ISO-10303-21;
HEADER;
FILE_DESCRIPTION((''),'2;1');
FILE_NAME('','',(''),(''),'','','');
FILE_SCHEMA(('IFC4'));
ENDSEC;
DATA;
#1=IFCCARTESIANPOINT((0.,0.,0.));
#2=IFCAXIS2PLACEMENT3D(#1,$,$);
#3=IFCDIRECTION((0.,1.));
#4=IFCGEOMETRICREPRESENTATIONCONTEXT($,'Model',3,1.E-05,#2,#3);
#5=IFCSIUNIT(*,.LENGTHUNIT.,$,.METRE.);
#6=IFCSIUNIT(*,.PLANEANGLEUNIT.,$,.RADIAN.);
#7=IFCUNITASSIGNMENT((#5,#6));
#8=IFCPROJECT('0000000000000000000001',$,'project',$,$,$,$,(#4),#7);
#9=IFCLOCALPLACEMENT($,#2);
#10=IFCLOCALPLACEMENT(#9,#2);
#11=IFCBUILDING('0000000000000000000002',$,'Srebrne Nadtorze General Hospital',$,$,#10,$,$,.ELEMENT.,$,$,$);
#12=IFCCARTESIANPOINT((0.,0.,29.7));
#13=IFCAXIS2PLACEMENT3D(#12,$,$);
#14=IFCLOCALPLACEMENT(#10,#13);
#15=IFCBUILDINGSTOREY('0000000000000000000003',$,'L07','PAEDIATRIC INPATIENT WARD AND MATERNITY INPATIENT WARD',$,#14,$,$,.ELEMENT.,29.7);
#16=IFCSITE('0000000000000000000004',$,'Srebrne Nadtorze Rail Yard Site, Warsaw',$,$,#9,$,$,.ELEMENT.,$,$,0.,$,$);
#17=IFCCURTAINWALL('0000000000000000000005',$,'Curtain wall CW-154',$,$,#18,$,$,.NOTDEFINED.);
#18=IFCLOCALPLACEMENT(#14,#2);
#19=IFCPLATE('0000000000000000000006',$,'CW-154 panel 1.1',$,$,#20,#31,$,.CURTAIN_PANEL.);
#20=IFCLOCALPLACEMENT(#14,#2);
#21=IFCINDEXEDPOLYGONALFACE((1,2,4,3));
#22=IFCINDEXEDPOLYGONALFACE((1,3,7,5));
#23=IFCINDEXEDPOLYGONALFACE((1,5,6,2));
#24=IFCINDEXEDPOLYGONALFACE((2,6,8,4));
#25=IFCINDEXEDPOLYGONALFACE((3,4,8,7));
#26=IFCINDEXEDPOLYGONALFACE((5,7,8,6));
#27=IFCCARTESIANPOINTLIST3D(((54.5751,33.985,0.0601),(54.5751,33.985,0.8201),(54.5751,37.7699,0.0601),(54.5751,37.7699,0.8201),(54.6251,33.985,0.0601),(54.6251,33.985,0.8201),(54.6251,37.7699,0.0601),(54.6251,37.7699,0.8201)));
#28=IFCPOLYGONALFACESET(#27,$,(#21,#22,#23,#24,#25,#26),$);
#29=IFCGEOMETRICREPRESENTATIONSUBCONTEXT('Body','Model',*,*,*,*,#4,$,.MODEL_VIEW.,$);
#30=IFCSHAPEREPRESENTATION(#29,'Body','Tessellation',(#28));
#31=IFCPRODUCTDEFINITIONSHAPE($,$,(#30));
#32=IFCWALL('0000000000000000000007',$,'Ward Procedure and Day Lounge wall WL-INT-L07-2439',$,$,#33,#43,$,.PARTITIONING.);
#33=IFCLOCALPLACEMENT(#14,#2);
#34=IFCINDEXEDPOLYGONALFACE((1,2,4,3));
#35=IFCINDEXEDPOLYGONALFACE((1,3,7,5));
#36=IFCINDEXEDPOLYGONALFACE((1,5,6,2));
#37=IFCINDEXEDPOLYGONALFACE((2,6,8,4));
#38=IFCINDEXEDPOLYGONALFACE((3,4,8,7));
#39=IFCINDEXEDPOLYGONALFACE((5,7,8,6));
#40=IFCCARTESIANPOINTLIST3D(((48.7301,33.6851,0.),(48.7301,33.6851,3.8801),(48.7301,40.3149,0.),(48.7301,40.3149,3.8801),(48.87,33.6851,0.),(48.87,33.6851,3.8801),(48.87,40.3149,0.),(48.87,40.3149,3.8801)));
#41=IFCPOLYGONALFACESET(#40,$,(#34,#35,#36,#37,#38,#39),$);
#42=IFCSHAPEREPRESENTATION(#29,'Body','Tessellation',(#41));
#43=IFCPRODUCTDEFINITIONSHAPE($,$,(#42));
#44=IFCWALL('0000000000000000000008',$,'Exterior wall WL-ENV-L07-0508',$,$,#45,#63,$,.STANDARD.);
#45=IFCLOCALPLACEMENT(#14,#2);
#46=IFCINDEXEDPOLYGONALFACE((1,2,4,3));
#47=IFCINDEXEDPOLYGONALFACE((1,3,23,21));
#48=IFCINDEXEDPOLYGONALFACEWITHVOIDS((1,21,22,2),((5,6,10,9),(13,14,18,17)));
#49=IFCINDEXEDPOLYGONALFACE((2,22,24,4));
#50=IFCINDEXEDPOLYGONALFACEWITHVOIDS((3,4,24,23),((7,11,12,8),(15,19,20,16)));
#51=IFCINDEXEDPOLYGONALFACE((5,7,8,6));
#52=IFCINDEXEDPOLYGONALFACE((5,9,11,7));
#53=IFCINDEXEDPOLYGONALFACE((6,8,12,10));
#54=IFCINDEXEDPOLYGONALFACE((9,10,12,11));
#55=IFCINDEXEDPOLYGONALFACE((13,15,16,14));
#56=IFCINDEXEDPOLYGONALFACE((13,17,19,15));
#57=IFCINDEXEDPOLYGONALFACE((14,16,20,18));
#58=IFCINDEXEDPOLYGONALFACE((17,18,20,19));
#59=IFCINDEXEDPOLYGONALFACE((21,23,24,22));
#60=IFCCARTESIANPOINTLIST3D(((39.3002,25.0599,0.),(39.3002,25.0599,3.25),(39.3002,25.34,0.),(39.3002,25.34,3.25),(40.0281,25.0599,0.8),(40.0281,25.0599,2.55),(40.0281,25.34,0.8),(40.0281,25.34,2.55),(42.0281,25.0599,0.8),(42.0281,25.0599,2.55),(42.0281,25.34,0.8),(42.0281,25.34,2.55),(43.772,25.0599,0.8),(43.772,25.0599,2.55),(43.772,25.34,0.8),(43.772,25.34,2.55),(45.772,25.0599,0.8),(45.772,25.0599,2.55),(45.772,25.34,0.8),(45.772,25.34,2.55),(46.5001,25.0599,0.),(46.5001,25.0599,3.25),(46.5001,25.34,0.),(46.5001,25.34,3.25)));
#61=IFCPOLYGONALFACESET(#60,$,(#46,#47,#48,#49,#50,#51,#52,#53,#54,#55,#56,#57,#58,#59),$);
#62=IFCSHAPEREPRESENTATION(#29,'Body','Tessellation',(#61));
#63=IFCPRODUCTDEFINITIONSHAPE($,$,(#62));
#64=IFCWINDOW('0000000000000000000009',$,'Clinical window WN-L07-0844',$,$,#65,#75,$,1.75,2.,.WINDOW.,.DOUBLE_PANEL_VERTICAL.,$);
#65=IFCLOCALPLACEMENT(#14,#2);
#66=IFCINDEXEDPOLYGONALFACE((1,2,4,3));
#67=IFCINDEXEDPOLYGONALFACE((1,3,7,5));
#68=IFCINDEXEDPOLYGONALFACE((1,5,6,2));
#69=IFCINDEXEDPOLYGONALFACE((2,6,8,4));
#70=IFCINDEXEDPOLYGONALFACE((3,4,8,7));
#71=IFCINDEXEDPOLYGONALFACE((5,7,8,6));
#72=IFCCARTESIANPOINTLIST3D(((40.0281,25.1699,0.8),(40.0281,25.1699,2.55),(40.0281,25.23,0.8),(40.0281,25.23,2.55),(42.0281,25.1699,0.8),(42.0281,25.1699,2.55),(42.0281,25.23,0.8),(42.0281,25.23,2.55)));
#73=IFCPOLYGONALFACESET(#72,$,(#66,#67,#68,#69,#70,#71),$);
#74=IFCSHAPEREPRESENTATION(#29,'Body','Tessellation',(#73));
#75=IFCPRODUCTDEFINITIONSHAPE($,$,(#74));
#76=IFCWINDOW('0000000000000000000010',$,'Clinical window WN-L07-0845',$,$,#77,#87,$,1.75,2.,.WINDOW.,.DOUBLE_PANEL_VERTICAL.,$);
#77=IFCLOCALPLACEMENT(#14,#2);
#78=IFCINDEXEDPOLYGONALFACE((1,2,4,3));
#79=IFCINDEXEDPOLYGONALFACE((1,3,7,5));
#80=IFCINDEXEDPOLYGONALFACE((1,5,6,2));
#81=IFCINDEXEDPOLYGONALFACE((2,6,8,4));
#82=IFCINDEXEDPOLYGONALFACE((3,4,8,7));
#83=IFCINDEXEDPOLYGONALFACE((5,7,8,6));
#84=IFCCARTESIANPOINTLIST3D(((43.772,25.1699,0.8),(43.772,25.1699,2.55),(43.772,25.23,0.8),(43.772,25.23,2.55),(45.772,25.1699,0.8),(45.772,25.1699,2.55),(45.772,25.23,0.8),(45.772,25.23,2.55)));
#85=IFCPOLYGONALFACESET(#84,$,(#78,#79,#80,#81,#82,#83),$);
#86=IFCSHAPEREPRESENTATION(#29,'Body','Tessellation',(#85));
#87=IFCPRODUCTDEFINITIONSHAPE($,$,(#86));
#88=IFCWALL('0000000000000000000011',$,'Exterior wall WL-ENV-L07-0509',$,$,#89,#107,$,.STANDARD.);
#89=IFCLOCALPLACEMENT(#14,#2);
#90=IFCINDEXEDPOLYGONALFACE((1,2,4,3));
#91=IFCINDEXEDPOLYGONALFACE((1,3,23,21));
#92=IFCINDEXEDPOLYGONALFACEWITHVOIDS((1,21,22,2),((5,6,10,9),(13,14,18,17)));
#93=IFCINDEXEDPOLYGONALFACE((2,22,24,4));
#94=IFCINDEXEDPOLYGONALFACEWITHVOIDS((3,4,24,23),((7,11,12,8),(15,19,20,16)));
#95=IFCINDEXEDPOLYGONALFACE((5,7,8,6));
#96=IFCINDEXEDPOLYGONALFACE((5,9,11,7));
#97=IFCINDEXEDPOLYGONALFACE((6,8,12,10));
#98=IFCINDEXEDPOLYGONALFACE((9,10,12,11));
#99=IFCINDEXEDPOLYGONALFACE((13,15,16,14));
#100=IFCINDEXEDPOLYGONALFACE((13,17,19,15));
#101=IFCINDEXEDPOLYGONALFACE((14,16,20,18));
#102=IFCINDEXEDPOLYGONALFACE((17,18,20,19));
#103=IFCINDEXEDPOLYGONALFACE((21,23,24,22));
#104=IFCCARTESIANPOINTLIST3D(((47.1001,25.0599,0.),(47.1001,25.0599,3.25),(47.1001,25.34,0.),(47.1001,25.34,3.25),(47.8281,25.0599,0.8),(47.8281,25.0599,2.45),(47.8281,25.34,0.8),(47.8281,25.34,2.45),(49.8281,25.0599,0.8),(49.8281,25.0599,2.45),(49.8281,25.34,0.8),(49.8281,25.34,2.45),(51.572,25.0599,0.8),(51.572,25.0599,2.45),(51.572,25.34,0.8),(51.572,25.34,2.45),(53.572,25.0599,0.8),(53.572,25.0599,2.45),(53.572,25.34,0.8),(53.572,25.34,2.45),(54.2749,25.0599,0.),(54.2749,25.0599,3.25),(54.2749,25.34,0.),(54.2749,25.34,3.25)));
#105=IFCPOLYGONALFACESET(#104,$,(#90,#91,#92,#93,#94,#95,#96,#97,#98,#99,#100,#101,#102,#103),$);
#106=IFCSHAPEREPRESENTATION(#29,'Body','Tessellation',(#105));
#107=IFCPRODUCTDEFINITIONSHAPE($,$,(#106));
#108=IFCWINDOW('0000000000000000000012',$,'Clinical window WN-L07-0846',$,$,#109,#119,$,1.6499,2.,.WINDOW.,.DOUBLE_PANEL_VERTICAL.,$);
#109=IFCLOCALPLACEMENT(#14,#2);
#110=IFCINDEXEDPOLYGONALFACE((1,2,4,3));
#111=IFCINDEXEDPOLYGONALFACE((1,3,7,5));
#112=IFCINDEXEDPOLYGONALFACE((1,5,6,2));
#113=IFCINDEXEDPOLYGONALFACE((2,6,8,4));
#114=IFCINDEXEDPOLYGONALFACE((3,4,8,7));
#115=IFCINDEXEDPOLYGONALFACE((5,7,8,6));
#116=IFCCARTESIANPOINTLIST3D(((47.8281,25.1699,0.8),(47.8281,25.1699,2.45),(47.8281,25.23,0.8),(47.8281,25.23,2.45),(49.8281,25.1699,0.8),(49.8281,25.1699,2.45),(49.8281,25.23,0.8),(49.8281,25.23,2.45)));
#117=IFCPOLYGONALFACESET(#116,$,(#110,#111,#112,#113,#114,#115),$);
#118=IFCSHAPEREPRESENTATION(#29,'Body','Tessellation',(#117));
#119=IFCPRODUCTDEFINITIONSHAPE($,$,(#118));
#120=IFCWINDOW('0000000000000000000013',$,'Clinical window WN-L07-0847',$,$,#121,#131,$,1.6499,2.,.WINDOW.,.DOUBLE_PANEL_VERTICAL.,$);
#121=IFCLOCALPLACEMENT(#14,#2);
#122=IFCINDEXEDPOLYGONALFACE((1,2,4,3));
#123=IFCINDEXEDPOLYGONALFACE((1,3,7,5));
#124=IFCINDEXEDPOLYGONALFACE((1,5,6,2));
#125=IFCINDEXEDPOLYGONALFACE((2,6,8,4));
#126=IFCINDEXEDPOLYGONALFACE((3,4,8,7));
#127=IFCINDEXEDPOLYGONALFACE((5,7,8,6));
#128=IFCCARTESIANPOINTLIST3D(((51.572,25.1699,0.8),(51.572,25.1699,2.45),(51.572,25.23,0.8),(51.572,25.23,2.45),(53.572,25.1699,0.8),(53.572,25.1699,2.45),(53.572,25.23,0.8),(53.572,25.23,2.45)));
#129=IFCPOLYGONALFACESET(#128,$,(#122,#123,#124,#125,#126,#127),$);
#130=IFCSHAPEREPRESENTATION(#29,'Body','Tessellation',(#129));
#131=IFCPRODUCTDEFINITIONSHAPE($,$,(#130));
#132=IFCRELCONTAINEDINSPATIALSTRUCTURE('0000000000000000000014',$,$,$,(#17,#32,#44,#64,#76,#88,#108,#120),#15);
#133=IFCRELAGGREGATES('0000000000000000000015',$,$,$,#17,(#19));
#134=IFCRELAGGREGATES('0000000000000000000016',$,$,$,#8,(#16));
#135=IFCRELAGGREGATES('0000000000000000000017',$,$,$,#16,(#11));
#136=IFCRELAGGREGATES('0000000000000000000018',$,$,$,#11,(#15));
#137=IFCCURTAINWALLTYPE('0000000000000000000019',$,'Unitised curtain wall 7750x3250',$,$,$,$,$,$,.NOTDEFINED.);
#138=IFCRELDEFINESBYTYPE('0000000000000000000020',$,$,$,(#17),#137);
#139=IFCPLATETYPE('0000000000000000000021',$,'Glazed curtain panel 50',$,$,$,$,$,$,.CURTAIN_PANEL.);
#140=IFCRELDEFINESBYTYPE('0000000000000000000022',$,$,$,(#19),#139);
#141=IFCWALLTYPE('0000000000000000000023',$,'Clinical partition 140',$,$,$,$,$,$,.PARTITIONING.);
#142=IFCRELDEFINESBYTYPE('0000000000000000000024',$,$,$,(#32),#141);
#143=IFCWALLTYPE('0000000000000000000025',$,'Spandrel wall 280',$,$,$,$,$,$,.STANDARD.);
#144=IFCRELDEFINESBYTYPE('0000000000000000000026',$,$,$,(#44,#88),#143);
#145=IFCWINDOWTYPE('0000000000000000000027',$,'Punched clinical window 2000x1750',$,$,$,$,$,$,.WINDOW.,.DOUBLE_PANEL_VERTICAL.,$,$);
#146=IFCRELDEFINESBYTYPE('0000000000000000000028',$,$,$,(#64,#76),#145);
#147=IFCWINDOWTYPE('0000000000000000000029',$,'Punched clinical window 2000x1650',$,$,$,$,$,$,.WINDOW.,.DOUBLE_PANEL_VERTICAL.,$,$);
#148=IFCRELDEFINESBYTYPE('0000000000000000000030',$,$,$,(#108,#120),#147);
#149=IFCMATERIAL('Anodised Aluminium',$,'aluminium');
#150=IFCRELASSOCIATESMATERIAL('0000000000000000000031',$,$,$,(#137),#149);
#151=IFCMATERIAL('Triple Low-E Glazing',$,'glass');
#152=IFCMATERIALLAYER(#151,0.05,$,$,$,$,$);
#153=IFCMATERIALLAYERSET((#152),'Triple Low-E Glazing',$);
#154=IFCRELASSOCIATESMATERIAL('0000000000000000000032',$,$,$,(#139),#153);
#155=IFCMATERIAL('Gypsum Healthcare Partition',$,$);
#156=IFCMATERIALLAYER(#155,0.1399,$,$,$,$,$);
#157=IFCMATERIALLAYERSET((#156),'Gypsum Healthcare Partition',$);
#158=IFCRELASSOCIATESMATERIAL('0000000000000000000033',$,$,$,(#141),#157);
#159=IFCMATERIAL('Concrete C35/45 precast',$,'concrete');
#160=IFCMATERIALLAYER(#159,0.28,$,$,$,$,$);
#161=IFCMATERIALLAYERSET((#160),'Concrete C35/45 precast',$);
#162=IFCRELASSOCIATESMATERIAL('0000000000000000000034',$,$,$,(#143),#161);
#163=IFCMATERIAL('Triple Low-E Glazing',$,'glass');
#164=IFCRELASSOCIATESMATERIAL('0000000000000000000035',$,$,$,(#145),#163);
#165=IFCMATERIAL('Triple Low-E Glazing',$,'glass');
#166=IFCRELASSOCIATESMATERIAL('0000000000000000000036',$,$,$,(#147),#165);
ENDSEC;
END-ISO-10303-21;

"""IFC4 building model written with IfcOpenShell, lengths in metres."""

from ifc_helpers import new_model, si_unit, direction, frame, frame_2d, origin, origin_2d, place, context, subcontext, project, spatial, rectangle, extrude, material, layer, layer_set, type_object, element, fill, aggregate, save


model = new_model("IFC4")

# Units and contexts
model_context = context("Model", 3, precision=1e-05, world=origin(), true_north=direction((0.0, 1.0)))
body_context = subcontext(model_context, "Body", "Model", "MODEL_VIEW")
ifc_project = project(units=[si_unit("LENGTHUNIT", "METRE"), si_unit("PLANEANGLEUNIT", "RADIAN")], contexts=[model_context])

# Site, building, storey
site_placement = place(None, origin())
site = spatial("IfcSite", under=ifc_project, at=site_placement, Name="Srebrne Nadtorze Rail Yard Site, Warsaw", CompositionType="ELEMENT", RefElevation=0.0)
building_placement = place(site_placement, origin())
building = spatial("IfcBuilding", under=site, at=building_placement, Name="Srebrne Nadtorze General Hospital", CompositionType="ELEMENT")
storey_placement = place(building_placement, frame((0.0, 0.0, 29.7)))
storey = spatial("IfcBuildingStorey", under=building, at=storey_placement, Name="L07", Description="PAEDIATRIC INPATIENT WARD AND MATERNITY INPATIENT WARD", CompositionType="ELEMENT", Elevation=29.7)

# Curtain wall
ifc_material_1 = material(Name="Anodised Aluminium", Category="aluminium")
curtain_wall_type = type_object("IfcCurtainWallType", Name="Unitised curtain wall 7750x3250", PredefinedType="NOTDEFINED", material=ifc_material_1)
curtain_wall_placement = place(storey_placement, origin())
curtain_wall = element("IfcCurtainWall", 1, at=curtain_wall_placement, inside=storey, type_object=curtain_wall_type, Name="Curtain wall CW-154", PredefinedType="NOTDEFINED")

# Plate
ifc_material_2 = material(Name="Triple Low-E Glazing", Category="glass")
ifc_layer_1 = layer(ifc_material_2, 0.05)
ifc_layer_set_1 = layer_set([ifc_layer_1], Name="Triple Low-E Glazing")
plate_type = type_object("IfcPlateType", Name="Glazed curtain panel 50", PredefinedType="CURTAIN_PANEL", material=ifc_layer_set_1)
plate_placement = place(storey_placement, frame((54.6001, 35.8774, 0.0601), z_axis=(0.0, 0.0, 1.0), x_axis=(0.0, 1.0, 0.0)))
plate = element("IfcPlate", 2, at=plate_placement, type_object=plate_type, Name="CW-154 panel 1.1", PredefinedType="CURTAIN_PANEL", context=body_context, shape_type="SweptSolid", body=[
    extrude(rectangle(XDim=3.7849, YDim=0.05, at=origin_2d()), origin(), (0.0, 0.0, 1.0), 0.76),
])
aggregate(curtain_wall, [plate])

# Wall
ifc_material_3 = material(Name="Gypsum Healthcare Partition")
ifc_layer_2 = layer(ifc_material_3, 0.1399)
ifc_layer_set_2 = layer_set([ifc_layer_2], Name="Gypsum Healthcare Partition")
wall_type_1 = type_object("IfcWallType", Name="Clinical partition 140", PredefinedType="PARTITIONING", material=ifc_layer_set_2)
wall_1_placement = place(storey_placement, frame((48.8, 33.6851, 0.0), z_axis=(0.0, 0.0, 1.0), x_axis=(0.0, 1.0, 0.0)))
element("IfcWall", 3, at=wall_1_placement, inside=storey, type_object=wall_type_1, Name="Ward Procedure and Day Lounge wall WL-INT-L07-2439", PredefinedType="PARTITIONING", context=body_context, shape_type="SweptSolid", body=[
    extrude(rectangle(XDim=6.6299, YDim=0.1399, at=frame_2d((3.3149, 0.0))), origin(), (0.0, 0.0, 1.0), 3.8801),
])

# Walls, openings, windows
ifc_material_4 = material(Name="Concrete C35/45 precast", Category="concrete")
ifc_layer_3 = layer(ifc_material_4, 0.28)
ifc_layer_set_3 = layer_set([ifc_layer_3], Name="Concrete C35/45 precast")
wall_type_2 = type_object("IfcWallType", Name="Spandrel wall 280", PredefinedType="STANDARD", material=ifc_layer_set_3)
wall_2_placement = place(storey_placement, frame((39.3, 25.2, 0.0), z_axis=(0.0, 0.0, 1.0), x_axis=(1.0, 0.0, 0.0)))
wall_2 = element("IfcWall", 4, at=wall_2_placement, inside=storey, type_object=wall_type_2, Name="Exterior wall WL-ENV-L07-0508", PredefinedType="STANDARD", context=body_context, shape_type="SweptSolid", body=[
    extrude(rectangle(XDim=7.2, YDim=0.28, at=frame_2d((3.6001, 0.0))), origin(), (0.0, 0.0, 1.0), 3.25),
])
opening_1_placement = place(wall_2_placement, frame((0.728, 0.0, 0.8)))
opening_1 = element("IfcOpeningElement", 5, at=opening_1_placement, cuts=wall_2, PredefinedType="OPENING", context=body_context, shape_type="SweptSolid", body=[
    extrude(rectangle(XDim=2.0, YDim=1.75, at=frame_2d((1.0, 0.875))), frame((0.0, 0.1519, 0.0), z_axis=(0.0, -1.0, 0.0), x_axis=(1.0, 0.0, 0.0)), (0.0, 0.0, 1.0), 0.304),
])
opening_2_placement = place(wall_2_placement, frame((4.4719, 0.0, 0.8)))
opening_2 = element("IfcOpeningElement", 6, at=opening_2_placement, cuts=wall_2, PredefinedType="OPENING", context=body_context, shape_type="SweptSolid", body=[
    extrude(rectangle(XDim=2.0, YDim=1.75, at=frame_2d((1.0, 0.875))), frame((0.0, 0.1519, 0.0), z_axis=(0.0, -1.0, 0.0), x_axis=(1.0, 0.0, 0.0)), (0.0, 0.0, 1.0), 0.304),
])
ifc_material_5 = material(Name="Triple Low-E Glazing", Category="glass")
window_type_1 = type_object("IfcWindowType", Name="Punched clinical window 2000x1750", PartitioningType="DOUBLE_PANEL_VERTICAL", PredefinedType="WINDOW", material=ifc_material_5)
window_1_placement = place(opening_1_placement, origin())
window_1 = element("IfcWindow", 7, at=window_1_placement, inside=storey, type_object=window_type_1, Name="Clinical window WN-L07-0844", OverallHeight=1.75, OverallWidth=2.0, PartitioningType="DOUBLE_PANEL_VERTICAL", PredefinedType="WINDOW", context=body_context, shape_type="SweptSolid", body=[
    extrude(rectangle(XDim=2.0, YDim=1.75, at=frame_2d((1.0, 0.875))), frame((0.0, 0.03, 0.0), z_axis=(0.0, -1.0, 0.0), x_axis=(1.0, 0.0, 0.0)), (0.0, 0.0, 1.0), 0.0601),
])
fill(opening_1, window_1)
window_2_placement = place(opening_2_placement, origin())
window_2 = element("IfcWindow", 8, at=window_2_placement, inside=storey, type_object=window_type_1, Name="Clinical window WN-L07-0845", OverallHeight=1.75, OverallWidth=2.0, PartitioningType="DOUBLE_PANEL_VERTICAL", PredefinedType="WINDOW", context=body_context, shape_type="SweptSolid", body=[
    extrude(rectangle(XDim=2.0, YDim=1.75, at=frame_2d((1.0, 0.875))), frame((0.0, 0.03, 0.0), z_axis=(0.0, -1.0, 0.0), x_axis=(1.0, 0.0, 0.0)), (0.0, 0.0, 1.0), 0.0601),
])
fill(opening_2, window_2)
wall_3_placement = place(storey_placement, frame((47.1001, 25.2, 0.0), z_axis=(0.0, 0.0, 1.0), x_axis=(1.0, 0.0, 0.0)))
wall_3 = element("IfcWall", 9, at=wall_3_placement, inside=storey, type_object=wall_type_2, Name="Exterior wall WL-ENV-L07-0509", PredefinedType="STANDARD", context=body_context, shape_type="SweptSolid", body=[
    extrude(rectangle(XDim=7.1748, YDim=0.28, at=frame_2d((3.5874, 0.0))), origin(), (0.0, 0.0, 1.0), 3.25),
])
opening_3_placement = place(wall_3_placement, frame((0.728, 0.0, 0.8)))
opening_3 = element("IfcOpeningElement", 10, at=opening_3_placement, cuts=wall_3, PredefinedType="OPENING", context=body_context, shape_type="SweptSolid", body=[
    extrude(rectangle(XDim=2.0, YDim=1.6499, at=frame_2d((1.0, 0.825))), frame((0.0, 0.1519, 0.0), z_axis=(0.0, -1.0, 0.0), x_axis=(1.0, 0.0, 0.0)), (0.0, 0.0, 1.0), 0.304),
])
opening_4_placement = place(wall_3_placement, frame((4.4719, 0.0, 0.8)))
opening_4 = element("IfcOpeningElement", 11, at=opening_4_placement, cuts=wall_3, PredefinedType="OPENING", context=body_context, shape_type="SweptSolid", body=[
    extrude(rectangle(XDim=2.0, YDim=1.6499, at=frame_2d((1.0, 0.825))), frame((0.0, 0.1519, 0.0), z_axis=(0.0, -1.0, 0.0), x_axis=(1.0, 0.0, 0.0)), (0.0, 0.0, 1.0), 0.304),
])
ifc_material_6 = material(Name="Triple Low-E Glazing", Category="glass")
window_type_2 = type_object("IfcWindowType", Name="Punched clinical window 2000x1650", PartitioningType="DOUBLE_PANEL_VERTICAL", PredefinedType="WINDOW", material=ifc_material_6)
window_3_placement = place(opening_3_placement, origin())
window_3 = element("IfcWindow", 12, at=window_3_placement, inside=storey, type_object=window_type_2, Name="Clinical window WN-L07-0846", OverallHeight=1.6499, OverallWidth=2.0, PartitioningType="DOUBLE_PANEL_VERTICAL", PredefinedType="WINDOW", context=body_context, shape_type="SweptSolid", body=[
    extrude(rectangle(XDim=2.0, YDim=1.6499, at=frame_2d((1.0, 0.825))), frame((0.0, 0.03, 0.0), z_axis=(0.0, -1.0, 0.0), x_axis=(1.0, 0.0, 0.0)), (0.0, 0.0, 1.0), 0.0601),
])
fill(opening_3, window_3)
window_4_placement = place(opening_4_placement, origin())
window_4 = element("IfcWindow", 13, at=window_4_placement, inside=storey, type_object=window_type_2, Name="Clinical window WN-L07-0847", OverallHeight=1.6499, OverallWidth=2.0, PartitioningType="DOUBLE_PANEL_VERTICAL", PredefinedType="WINDOW", context=body_context, shape_type="SweptSolid", body=[
    extrude(rectangle(XDim=2.0, YDim=1.6499, at=frame_2d((1.0, 0.825))), frame((0.0, 0.03, 0.0), z_axis=(0.0, -1.0, 0.0), x_axis=(1.0, 0.0, 0.0)), (0.0, 0.0, 1.0), 0.0601),
])
fill(opening_4, window_4)

save(model, "model.ifc")
